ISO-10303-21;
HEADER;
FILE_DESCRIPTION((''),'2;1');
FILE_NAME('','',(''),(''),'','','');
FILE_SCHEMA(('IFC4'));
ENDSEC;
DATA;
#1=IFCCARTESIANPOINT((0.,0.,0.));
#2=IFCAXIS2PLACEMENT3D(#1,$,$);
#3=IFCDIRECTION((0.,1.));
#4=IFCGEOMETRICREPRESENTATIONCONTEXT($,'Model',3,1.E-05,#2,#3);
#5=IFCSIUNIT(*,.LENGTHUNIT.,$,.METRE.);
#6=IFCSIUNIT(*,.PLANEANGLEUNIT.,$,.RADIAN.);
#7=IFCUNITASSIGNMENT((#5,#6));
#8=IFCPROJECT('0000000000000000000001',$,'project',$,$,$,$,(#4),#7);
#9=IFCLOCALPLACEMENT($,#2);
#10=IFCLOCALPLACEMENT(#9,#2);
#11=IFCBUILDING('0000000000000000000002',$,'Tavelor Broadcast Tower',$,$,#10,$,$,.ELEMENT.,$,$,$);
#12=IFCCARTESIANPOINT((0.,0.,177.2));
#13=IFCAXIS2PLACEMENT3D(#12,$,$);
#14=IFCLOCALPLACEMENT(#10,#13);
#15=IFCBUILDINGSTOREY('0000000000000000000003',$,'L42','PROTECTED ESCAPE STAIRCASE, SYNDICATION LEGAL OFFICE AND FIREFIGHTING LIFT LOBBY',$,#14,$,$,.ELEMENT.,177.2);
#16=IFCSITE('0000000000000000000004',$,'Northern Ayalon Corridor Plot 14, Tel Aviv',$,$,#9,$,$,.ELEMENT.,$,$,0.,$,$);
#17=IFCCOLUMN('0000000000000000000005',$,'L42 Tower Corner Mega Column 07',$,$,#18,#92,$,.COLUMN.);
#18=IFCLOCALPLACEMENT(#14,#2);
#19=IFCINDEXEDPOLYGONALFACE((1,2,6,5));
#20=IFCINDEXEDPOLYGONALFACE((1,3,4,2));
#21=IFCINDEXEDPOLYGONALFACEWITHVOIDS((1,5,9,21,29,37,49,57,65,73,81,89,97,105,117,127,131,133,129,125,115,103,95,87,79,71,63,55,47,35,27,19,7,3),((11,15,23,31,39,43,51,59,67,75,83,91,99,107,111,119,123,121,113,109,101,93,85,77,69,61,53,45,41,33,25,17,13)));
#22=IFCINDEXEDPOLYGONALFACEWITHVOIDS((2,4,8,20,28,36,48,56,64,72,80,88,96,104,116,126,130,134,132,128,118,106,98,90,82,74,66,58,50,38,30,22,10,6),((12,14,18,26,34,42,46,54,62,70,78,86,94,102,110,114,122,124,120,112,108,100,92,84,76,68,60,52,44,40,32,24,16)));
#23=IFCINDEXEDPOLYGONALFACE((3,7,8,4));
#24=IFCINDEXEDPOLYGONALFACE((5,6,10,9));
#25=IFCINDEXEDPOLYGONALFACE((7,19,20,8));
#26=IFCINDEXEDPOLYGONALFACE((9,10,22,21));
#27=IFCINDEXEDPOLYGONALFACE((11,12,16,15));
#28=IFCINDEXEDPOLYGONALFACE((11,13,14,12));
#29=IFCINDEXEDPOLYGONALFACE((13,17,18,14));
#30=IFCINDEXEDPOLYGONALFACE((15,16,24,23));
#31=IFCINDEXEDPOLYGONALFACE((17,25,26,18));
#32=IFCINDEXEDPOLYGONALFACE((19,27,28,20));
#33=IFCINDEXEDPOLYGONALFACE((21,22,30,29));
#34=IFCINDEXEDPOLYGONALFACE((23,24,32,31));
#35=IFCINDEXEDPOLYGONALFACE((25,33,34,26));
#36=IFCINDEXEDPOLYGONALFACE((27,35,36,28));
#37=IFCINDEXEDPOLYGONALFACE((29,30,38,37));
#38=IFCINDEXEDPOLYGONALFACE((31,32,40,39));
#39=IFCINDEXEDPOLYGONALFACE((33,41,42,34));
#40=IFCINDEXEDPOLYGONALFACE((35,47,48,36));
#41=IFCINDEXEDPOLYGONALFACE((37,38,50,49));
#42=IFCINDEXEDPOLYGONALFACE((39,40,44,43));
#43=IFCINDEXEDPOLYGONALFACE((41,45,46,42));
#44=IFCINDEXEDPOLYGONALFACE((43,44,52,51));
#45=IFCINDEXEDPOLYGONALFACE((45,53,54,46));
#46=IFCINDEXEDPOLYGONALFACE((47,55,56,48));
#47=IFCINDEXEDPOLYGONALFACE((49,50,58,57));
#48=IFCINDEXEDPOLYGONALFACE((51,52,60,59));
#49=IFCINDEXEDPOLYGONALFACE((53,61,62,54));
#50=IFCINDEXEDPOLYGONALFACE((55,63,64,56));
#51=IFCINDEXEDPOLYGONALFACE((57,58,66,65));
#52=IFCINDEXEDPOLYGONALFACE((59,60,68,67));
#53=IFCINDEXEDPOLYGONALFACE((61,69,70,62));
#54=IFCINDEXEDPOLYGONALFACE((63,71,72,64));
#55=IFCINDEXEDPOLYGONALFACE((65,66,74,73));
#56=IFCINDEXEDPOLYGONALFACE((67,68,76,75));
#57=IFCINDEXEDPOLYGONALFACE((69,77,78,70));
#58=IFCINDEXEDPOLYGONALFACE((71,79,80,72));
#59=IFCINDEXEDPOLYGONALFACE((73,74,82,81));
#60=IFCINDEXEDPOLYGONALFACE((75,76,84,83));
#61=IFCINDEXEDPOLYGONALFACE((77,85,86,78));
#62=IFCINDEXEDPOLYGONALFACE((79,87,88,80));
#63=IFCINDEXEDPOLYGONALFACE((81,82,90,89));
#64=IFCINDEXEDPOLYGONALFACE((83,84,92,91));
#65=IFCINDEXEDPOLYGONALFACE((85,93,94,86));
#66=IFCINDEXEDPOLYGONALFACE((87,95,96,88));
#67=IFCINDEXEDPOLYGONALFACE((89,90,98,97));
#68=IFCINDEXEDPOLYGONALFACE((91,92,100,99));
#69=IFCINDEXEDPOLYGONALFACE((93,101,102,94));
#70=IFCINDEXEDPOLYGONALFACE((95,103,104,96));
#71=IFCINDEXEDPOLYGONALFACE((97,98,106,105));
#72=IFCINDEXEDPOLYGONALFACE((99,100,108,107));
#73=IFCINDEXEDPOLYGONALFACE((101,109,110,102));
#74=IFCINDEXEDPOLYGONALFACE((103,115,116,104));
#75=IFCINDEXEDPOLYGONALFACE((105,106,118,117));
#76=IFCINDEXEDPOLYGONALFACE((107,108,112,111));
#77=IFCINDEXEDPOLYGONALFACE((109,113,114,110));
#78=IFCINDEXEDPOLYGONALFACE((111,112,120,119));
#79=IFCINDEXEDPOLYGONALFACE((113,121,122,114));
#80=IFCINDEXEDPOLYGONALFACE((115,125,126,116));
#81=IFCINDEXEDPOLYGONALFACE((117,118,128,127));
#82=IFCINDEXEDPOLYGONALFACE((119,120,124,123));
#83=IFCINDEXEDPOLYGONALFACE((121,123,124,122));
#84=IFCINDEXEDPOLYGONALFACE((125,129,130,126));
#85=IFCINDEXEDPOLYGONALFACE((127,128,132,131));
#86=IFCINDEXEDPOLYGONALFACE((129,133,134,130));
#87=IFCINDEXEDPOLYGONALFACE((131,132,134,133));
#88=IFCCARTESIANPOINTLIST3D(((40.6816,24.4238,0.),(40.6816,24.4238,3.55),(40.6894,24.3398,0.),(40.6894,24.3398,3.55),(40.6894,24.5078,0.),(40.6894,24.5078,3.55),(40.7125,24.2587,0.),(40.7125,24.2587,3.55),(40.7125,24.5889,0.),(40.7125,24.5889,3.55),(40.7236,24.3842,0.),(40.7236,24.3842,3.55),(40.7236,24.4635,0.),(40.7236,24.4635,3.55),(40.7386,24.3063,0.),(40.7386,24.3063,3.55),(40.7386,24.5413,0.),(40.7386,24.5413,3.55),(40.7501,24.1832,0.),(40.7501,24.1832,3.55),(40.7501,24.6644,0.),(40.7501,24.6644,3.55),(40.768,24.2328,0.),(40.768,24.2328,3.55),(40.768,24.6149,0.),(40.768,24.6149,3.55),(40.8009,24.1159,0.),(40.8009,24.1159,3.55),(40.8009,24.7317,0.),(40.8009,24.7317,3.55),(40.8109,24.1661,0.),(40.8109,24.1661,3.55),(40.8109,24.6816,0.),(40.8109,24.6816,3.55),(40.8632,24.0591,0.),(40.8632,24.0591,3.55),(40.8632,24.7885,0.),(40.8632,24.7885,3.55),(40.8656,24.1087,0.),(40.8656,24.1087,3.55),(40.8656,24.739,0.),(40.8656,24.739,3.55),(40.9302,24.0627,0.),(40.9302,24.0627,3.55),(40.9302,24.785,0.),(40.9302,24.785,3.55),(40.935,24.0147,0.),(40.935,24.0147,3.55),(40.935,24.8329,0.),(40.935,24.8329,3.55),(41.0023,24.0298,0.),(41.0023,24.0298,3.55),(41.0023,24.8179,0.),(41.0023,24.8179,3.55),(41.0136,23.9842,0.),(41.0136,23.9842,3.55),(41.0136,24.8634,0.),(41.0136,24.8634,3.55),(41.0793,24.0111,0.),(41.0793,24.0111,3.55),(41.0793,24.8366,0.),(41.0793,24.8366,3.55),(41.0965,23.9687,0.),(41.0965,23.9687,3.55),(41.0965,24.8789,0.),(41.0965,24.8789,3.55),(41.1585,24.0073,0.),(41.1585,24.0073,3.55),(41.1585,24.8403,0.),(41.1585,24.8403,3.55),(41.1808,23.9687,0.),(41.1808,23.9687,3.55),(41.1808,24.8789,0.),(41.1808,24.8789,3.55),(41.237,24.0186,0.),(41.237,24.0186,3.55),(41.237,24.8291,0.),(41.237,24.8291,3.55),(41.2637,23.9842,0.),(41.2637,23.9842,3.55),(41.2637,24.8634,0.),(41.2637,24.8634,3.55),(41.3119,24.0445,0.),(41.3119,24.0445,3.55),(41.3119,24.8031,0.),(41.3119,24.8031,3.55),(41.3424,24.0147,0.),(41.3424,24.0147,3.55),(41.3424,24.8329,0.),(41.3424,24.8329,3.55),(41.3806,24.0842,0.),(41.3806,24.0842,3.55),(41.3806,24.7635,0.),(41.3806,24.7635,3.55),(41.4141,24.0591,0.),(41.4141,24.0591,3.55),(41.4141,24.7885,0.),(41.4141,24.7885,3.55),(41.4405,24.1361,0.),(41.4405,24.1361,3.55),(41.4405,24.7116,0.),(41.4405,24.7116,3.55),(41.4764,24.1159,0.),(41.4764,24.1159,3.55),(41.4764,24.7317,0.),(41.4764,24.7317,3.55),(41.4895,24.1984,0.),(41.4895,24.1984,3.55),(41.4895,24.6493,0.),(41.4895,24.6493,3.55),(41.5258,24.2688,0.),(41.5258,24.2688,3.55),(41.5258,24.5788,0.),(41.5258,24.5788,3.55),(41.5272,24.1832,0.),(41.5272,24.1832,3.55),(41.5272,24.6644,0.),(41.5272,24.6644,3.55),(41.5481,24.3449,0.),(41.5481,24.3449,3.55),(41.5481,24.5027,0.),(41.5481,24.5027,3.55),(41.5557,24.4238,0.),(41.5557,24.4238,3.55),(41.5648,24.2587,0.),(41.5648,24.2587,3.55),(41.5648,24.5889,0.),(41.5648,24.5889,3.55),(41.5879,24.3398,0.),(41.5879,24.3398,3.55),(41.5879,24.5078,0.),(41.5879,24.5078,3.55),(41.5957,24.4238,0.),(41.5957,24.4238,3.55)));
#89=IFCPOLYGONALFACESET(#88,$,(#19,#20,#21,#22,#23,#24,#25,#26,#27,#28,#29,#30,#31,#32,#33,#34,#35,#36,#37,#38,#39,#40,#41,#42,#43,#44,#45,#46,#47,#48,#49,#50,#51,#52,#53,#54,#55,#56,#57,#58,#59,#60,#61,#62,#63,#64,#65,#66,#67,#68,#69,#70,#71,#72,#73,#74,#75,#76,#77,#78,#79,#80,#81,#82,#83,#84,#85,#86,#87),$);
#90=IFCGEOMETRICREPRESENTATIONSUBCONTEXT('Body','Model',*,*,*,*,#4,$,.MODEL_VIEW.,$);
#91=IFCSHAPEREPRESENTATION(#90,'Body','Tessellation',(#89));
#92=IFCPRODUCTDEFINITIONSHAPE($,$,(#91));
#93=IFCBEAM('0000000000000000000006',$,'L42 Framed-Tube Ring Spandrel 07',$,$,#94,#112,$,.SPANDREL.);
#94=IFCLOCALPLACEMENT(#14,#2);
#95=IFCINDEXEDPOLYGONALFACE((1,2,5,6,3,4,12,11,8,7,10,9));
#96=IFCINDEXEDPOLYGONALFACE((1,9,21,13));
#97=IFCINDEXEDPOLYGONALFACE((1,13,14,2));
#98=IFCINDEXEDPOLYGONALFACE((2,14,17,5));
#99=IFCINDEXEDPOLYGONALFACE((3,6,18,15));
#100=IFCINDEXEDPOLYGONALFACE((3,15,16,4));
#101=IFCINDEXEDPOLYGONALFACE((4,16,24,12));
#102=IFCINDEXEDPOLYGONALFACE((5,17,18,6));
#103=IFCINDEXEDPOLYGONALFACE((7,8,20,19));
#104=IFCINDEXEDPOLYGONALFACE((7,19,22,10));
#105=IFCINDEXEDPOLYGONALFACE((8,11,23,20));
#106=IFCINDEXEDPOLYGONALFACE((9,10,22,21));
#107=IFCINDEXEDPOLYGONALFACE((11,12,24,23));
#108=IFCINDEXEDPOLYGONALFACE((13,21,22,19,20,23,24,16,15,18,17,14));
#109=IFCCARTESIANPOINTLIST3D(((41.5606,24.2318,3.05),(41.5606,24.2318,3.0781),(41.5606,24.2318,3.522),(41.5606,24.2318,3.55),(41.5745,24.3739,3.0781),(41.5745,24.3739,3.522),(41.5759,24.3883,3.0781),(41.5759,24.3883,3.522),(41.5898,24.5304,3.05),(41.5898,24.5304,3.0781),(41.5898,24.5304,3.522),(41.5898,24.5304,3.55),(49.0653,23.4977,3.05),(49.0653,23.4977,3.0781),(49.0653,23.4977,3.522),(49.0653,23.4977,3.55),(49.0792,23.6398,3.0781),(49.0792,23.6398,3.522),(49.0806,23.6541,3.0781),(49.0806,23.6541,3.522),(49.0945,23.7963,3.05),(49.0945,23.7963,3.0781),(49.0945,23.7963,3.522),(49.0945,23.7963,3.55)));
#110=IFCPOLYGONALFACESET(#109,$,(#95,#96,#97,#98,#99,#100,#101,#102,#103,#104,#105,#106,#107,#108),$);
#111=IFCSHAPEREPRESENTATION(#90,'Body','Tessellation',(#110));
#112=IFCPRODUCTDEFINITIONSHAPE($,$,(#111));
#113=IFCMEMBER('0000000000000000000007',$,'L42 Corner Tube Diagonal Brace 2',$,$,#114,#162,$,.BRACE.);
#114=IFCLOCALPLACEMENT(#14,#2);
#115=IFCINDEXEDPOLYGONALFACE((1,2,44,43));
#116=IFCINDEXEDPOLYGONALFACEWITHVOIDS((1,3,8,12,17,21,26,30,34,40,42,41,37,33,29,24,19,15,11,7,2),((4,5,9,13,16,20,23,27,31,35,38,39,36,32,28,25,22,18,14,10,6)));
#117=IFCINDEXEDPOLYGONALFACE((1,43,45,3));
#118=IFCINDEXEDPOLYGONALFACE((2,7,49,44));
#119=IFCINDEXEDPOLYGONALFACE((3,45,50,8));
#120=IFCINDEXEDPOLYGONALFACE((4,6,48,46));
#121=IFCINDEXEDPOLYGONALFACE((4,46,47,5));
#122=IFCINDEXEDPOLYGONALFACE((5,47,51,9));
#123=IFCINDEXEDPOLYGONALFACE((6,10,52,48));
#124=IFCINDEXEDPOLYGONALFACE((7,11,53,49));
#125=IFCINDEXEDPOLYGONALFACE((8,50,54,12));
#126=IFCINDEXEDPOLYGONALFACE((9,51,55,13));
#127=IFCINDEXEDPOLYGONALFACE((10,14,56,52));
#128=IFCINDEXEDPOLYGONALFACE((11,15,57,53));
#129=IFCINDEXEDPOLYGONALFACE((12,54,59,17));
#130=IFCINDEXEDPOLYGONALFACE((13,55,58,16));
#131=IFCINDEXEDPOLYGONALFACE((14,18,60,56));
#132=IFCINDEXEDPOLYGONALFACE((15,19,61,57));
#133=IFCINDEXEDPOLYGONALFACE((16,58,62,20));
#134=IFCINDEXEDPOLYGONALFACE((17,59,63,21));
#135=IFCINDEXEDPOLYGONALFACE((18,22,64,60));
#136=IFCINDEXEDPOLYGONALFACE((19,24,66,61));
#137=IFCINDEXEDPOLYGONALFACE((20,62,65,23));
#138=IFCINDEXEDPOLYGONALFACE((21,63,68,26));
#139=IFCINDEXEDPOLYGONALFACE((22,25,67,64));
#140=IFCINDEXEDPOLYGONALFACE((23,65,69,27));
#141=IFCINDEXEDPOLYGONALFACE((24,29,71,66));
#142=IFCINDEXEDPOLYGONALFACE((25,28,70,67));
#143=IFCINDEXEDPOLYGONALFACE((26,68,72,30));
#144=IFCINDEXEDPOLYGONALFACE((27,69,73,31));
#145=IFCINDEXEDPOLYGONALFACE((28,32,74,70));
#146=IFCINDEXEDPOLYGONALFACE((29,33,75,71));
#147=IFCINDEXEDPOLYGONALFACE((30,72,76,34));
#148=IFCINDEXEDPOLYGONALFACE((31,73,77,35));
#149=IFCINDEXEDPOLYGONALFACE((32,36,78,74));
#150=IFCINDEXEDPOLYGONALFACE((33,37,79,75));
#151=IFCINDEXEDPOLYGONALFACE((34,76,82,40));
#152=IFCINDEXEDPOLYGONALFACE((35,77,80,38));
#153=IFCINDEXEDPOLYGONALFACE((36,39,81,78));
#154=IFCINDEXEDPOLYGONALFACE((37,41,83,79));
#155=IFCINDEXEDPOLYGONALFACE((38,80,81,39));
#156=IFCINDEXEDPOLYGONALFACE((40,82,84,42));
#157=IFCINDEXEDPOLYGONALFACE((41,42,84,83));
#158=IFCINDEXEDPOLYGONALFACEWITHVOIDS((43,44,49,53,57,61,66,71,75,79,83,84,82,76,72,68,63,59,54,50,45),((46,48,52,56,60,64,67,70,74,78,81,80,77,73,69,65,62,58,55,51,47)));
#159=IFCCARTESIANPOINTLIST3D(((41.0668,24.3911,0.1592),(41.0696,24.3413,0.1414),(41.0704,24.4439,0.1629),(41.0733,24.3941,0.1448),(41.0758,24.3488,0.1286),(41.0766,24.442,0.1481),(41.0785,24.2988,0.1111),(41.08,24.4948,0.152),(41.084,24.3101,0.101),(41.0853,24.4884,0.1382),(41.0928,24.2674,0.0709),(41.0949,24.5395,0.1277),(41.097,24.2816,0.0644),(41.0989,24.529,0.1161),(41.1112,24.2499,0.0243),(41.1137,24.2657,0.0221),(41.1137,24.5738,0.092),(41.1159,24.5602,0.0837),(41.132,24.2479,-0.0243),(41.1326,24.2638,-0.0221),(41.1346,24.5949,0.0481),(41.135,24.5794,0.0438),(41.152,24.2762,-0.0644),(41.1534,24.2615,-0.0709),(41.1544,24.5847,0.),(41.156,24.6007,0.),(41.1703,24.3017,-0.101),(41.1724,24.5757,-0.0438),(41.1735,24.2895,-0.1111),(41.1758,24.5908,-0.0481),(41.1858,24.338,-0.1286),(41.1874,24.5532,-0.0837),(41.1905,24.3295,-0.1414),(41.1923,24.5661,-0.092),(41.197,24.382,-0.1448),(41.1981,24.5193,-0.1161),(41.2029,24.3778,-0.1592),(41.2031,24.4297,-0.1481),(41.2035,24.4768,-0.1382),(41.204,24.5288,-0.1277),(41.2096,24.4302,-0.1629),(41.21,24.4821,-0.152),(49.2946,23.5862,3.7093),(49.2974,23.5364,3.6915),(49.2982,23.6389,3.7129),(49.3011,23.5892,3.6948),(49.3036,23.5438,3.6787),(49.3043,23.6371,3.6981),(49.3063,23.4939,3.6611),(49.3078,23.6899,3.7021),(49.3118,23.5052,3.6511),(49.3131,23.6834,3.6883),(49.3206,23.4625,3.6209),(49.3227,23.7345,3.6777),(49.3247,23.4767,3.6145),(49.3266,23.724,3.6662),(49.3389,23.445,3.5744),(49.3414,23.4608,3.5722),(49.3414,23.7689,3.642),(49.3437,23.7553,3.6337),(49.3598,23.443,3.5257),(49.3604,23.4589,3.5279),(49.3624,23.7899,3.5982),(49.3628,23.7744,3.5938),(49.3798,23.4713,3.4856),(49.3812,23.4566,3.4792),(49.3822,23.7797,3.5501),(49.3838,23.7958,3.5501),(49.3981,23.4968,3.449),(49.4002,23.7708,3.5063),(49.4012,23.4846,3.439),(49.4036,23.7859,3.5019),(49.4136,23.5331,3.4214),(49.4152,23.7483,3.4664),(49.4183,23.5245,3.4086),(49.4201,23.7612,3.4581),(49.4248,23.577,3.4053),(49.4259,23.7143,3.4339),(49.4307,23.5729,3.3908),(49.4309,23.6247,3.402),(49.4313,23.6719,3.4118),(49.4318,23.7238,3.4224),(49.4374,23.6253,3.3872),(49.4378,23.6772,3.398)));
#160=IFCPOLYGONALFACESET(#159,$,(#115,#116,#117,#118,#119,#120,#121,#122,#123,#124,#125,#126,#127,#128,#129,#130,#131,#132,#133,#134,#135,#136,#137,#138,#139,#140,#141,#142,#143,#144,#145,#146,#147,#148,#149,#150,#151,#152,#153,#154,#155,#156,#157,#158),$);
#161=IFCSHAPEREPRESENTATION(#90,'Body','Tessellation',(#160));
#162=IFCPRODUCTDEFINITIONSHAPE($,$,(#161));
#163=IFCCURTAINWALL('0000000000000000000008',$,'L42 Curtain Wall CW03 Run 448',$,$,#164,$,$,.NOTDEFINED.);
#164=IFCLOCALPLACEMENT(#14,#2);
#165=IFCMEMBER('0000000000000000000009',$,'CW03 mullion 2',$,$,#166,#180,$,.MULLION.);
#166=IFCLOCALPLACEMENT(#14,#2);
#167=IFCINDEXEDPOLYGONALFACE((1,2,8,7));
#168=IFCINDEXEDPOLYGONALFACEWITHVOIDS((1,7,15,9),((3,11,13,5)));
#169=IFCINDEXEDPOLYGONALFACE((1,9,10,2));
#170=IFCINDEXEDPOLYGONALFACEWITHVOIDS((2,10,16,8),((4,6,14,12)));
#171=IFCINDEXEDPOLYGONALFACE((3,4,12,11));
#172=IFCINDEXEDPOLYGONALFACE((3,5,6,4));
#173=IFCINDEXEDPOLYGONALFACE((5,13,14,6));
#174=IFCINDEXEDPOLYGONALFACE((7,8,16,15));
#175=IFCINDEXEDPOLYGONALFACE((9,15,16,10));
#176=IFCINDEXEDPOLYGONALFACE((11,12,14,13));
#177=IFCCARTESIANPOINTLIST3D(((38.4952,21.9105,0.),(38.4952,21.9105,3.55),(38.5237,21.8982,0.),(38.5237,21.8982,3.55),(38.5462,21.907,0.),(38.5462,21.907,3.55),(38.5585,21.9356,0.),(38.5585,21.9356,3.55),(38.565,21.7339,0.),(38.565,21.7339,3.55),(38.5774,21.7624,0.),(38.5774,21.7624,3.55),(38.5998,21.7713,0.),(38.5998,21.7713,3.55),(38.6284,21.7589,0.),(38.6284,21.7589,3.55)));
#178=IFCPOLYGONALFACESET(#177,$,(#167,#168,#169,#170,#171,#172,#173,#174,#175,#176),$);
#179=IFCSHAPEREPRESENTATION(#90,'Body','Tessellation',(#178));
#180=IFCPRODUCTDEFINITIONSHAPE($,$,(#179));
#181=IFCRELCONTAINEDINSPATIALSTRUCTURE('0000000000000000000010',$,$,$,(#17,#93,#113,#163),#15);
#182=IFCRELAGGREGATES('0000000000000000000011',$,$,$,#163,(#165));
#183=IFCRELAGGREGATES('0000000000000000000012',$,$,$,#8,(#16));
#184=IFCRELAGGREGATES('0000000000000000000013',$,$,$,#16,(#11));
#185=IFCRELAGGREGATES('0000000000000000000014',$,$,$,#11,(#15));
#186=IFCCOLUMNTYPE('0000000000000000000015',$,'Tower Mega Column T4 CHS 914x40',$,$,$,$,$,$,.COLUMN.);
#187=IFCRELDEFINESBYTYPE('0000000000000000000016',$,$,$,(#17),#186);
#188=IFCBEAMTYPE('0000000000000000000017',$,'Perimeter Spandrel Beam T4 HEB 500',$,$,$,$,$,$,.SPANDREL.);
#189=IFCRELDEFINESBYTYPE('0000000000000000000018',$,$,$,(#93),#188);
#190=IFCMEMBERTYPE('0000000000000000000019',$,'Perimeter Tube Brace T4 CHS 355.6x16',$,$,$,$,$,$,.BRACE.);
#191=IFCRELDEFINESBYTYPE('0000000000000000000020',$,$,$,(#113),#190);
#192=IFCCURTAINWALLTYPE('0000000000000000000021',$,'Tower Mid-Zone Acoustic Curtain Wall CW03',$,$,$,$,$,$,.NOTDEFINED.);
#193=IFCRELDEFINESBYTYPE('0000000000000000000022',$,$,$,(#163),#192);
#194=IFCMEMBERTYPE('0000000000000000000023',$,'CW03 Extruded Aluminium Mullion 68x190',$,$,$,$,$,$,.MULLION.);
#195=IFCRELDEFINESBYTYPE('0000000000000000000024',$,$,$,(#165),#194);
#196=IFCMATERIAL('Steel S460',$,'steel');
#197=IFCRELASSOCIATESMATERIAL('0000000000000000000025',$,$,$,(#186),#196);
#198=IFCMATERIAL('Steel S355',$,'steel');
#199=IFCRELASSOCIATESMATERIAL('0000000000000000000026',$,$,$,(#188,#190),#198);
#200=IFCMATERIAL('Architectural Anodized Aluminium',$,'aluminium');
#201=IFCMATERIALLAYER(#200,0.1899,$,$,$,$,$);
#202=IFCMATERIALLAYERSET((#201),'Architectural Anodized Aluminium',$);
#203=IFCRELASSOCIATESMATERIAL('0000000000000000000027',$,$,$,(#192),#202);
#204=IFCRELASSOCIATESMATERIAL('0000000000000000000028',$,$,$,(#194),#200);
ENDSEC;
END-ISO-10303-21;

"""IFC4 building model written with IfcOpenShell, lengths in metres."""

from ifc_helpers import new_model, si_unit, direction, frame, origin, origin_2d, place, context, subcontext, project, spatial, hollow_rectangle, hollow_circle, i_section, extrude, source, transform, mapped, material, layer, layer_set, material_profile, profile_set, type_object, type_shapes, element, aggregate, save


model = new_model("IFC4")

# Units and contexts
model_context = context("Model", 3, precision=1e-05, world=origin(), true_north=direction((0.0, 1.0)))
body_context = subcontext(model_context, "Body", "Model", "MODEL_VIEW")
ifc_project = project(units=[si_unit("LENGTHUNIT", "METRE"), si_unit("PLANEANGLEUNIT", "RADIAN")], contexts=[model_context])

# Site, building, storey
site_placement = place(None, origin())
site = spatial("IfcSite", under=ifc_project, at=site_placement, Name="Northern Ayalon Corridor Plot 14, Tel Aviv", CompositionType="ELEMENT", RefElevation=0.0)
building_placement = place(site_placement, origin())
building = spatial("IfcBuilding", under=site, at=building_placement, Name="Tavelor Broadcast Tower", CompositionType="ELEMENT")
storey_placement = place(building_placement, frame((0.0, 0.0, 177.2)))
storey = spatial("IfcBuildingStorey", under=building, at=storey_placement, Name="L42", Description="PROTECTED ESCAPE STAIRCASE, SYNDICATION LEGAL OFFICE AND FIREFIGHTING LIFT LOBBY", CompositionType="ELEMENT", Elevation=177.2)

# Column
ifc_material_1 = material(Name="Steel S460", Category="steel")
ifc_material_profile_1 = material_profile(ifc_material_1, hollow_circle(Radius=0.457, WallThickness=0.04, at=origin_2d()), Name="CHS 914x40")
ifc_profile_set_1 = profile_set([ifc_material_profile_1], Name="Steel S460")
column_type = type_object("IfcColumnType", Name="Tower Mega Column T4 CHS 914x40", PredefinedType="COLUMN", material=ifc_profile_set_1)
column_placement = place(storey_placement, frame((41.1387, 24.4238, 0.0), z_axis=(0.0, 0.0, 1.0), x_axis=(1.0, 0.0, 0.0)))
element("IfcColumn", 1, at=column_placement, inside=storey, type_object=column_type, Name="L42 Tower Corner Mega Column 07", PredefinedType="COLUMN", context=body_context, shape_type="SweptSolid", body=[
    extrude(hollow_circle(Radius=0.457, WallThickness=0.04, at=origin_2d()), origin(), (0.0, 0.0, 1.0), 3.55),
])

# Beam
ifc_material_2 = material(Name="Steel S355", Category="steel")
ifc_material_profile_2 = material_profile(ifc_material_2, i_section(OverallWidth=0.3, OverallDepth=0.5, WebThickness=0.0144, FlangeThickness=0.0281, at=origin_2d()), Name="HEB 500")
ifc_profile_set_2 = profile_set([ifc_material_profile_2], Name="Steel S355")
beam_type = type_object("IfcBeamType", Name="Perimeter Spandrel Beam T4 HEB 500", PredefinedType="SPANDREL", material=ifc_profile_set_2)
beam_placement = place(storey_placement, frame((41.5752, 24.3811, 3.3), z_axis=(0.995249, -0.097359, 0.0), x_axis=(0.097359, 0.995249, 0.0)))
element("IfcBeam", 2, at=beam_placement, inside=storey, type_object=beam_type, Name="L42 Framed-Tube Ring Spandrel 07", PredefinedType="SPANDREL", context=body_context, shape_type="SweptSolid", body=[
    extrude(i_section(OverallWidth=0.3, OverallDepth=0.5, WebThickness=0.0144, FlangeThickness=0.0281, at=origin_2d()), origin(), (0.0, 0.0, 1.0), 7.5405),
])

# Member
ifc_material_profile_3 = material_profile(ifc_material_2, hollow_circle(Radius=0.1777, WallThickness=0.0161, at=origin_2d()), Name="CHS 355.6x16")
ifc_profile_set_3 = profile_set([ifc_material_profile_3], Name="Steel S355")
member_type_1 = type_object("IfcMemberType", Name="Perimeter Tube Brace T4 CHS 355.6x16", PredefinedType="BRACE", material=ifc_profile_set_3)
member_1_placement = place(storey_placement, frame((41.1387, 24.4238, 0.0), z_axis=(0.914496, -0.089466, 0.394579), x_axis=(0.097366, 0.995249, 0.0)))
element("IfcMember", 3, at=member_1_placement, inside=storey, type_object=member_type_1, Name="L42 Corner Tube Diagonal Brace 2", PredefinedType="BRACE", context=body_context, shape_type="SweptSolid", body=[
    extrude(hollow_circle(Radius=0.1777, WallThickness=0.0161, at=origin_2d()), origin(), (0.0, 0.0, 1.0), 8.9971),
])

# Curtain wall, member
ifc_material_3 = material(Name="Architectural Anodized Aluminium", Category="aluminium")
ifc_layer_1 = layer(ifc_material_3, 0.1899)
ifc_layer_set_1 = layer_set([ifc_layer_1], Name="Architectural Anodized Aluminium")
curtain_wall_type = type_object("IfcCurtainWallType", Name="Tower Mid-Zone Acoustic Curtain Wall CW03", PredefinedType="NOTDEFINED", material=ifc_layer_set_1)
curtain_wall_placement = place(storey_placement, origin())
curtain_wall = element("IfcCurtainWall", 4, at=curtain_wall_placement, inside=storey, type_object=curtain_wall_type, Name="L42 Curtain Wall CW03 Run 448", PredefinedType="NOTDEFINED")
ifc_material_profile_4 = material_profile(ifc_material_3, hollow_rectangle(XDim=0.0681, YDim=0.1899, WallThickness=0.022, at=origin_2d()), Name="RHS 68x190x22")
ifc_profile_set_4 = profile_set([ifc_material_profile_4], Name="Architectural Anodized Aluminium")
member_type_2 = type_object("IfcMemberType", Name="CW03 Extruded Aluminium Mullion 68x190", PredefinedType="MULLION", material=ifc_profile_set_4)
shared_shape_1 = source(origin(), body_context, "Body", "SweptSolid", [
    extrude(hollow_rectangle(XDim=0.0681, YDim=0.1899, WallThickness=0.022, at=origin_2d()), origin(), (0.0, 0.0, 1.0), 3.55),
])
type_shapes(member_type_2, [shared_shape_1])
member_2_placement = place(storey_placement, frame((38.5618, 21.8347, 0.0), z_axis=(0.0, 0.0, 1.0), x_axis=(0.929929, 0.367739, 0.0)))
member_2 = element("IfcMember", 5, at=member_2_placement, type_object=member_type_2, Name="CW03 mullion 2", PredefinedType="MULLION", context=body_context, shape_type="MappedRepresentation", body=[
    mapped(shared_shape_1, transform((0.0, 0.0, 0.0), scale=1.0)),
])

aggregate(curtain_wall, [member_2])

save(model, "model.ifc")
